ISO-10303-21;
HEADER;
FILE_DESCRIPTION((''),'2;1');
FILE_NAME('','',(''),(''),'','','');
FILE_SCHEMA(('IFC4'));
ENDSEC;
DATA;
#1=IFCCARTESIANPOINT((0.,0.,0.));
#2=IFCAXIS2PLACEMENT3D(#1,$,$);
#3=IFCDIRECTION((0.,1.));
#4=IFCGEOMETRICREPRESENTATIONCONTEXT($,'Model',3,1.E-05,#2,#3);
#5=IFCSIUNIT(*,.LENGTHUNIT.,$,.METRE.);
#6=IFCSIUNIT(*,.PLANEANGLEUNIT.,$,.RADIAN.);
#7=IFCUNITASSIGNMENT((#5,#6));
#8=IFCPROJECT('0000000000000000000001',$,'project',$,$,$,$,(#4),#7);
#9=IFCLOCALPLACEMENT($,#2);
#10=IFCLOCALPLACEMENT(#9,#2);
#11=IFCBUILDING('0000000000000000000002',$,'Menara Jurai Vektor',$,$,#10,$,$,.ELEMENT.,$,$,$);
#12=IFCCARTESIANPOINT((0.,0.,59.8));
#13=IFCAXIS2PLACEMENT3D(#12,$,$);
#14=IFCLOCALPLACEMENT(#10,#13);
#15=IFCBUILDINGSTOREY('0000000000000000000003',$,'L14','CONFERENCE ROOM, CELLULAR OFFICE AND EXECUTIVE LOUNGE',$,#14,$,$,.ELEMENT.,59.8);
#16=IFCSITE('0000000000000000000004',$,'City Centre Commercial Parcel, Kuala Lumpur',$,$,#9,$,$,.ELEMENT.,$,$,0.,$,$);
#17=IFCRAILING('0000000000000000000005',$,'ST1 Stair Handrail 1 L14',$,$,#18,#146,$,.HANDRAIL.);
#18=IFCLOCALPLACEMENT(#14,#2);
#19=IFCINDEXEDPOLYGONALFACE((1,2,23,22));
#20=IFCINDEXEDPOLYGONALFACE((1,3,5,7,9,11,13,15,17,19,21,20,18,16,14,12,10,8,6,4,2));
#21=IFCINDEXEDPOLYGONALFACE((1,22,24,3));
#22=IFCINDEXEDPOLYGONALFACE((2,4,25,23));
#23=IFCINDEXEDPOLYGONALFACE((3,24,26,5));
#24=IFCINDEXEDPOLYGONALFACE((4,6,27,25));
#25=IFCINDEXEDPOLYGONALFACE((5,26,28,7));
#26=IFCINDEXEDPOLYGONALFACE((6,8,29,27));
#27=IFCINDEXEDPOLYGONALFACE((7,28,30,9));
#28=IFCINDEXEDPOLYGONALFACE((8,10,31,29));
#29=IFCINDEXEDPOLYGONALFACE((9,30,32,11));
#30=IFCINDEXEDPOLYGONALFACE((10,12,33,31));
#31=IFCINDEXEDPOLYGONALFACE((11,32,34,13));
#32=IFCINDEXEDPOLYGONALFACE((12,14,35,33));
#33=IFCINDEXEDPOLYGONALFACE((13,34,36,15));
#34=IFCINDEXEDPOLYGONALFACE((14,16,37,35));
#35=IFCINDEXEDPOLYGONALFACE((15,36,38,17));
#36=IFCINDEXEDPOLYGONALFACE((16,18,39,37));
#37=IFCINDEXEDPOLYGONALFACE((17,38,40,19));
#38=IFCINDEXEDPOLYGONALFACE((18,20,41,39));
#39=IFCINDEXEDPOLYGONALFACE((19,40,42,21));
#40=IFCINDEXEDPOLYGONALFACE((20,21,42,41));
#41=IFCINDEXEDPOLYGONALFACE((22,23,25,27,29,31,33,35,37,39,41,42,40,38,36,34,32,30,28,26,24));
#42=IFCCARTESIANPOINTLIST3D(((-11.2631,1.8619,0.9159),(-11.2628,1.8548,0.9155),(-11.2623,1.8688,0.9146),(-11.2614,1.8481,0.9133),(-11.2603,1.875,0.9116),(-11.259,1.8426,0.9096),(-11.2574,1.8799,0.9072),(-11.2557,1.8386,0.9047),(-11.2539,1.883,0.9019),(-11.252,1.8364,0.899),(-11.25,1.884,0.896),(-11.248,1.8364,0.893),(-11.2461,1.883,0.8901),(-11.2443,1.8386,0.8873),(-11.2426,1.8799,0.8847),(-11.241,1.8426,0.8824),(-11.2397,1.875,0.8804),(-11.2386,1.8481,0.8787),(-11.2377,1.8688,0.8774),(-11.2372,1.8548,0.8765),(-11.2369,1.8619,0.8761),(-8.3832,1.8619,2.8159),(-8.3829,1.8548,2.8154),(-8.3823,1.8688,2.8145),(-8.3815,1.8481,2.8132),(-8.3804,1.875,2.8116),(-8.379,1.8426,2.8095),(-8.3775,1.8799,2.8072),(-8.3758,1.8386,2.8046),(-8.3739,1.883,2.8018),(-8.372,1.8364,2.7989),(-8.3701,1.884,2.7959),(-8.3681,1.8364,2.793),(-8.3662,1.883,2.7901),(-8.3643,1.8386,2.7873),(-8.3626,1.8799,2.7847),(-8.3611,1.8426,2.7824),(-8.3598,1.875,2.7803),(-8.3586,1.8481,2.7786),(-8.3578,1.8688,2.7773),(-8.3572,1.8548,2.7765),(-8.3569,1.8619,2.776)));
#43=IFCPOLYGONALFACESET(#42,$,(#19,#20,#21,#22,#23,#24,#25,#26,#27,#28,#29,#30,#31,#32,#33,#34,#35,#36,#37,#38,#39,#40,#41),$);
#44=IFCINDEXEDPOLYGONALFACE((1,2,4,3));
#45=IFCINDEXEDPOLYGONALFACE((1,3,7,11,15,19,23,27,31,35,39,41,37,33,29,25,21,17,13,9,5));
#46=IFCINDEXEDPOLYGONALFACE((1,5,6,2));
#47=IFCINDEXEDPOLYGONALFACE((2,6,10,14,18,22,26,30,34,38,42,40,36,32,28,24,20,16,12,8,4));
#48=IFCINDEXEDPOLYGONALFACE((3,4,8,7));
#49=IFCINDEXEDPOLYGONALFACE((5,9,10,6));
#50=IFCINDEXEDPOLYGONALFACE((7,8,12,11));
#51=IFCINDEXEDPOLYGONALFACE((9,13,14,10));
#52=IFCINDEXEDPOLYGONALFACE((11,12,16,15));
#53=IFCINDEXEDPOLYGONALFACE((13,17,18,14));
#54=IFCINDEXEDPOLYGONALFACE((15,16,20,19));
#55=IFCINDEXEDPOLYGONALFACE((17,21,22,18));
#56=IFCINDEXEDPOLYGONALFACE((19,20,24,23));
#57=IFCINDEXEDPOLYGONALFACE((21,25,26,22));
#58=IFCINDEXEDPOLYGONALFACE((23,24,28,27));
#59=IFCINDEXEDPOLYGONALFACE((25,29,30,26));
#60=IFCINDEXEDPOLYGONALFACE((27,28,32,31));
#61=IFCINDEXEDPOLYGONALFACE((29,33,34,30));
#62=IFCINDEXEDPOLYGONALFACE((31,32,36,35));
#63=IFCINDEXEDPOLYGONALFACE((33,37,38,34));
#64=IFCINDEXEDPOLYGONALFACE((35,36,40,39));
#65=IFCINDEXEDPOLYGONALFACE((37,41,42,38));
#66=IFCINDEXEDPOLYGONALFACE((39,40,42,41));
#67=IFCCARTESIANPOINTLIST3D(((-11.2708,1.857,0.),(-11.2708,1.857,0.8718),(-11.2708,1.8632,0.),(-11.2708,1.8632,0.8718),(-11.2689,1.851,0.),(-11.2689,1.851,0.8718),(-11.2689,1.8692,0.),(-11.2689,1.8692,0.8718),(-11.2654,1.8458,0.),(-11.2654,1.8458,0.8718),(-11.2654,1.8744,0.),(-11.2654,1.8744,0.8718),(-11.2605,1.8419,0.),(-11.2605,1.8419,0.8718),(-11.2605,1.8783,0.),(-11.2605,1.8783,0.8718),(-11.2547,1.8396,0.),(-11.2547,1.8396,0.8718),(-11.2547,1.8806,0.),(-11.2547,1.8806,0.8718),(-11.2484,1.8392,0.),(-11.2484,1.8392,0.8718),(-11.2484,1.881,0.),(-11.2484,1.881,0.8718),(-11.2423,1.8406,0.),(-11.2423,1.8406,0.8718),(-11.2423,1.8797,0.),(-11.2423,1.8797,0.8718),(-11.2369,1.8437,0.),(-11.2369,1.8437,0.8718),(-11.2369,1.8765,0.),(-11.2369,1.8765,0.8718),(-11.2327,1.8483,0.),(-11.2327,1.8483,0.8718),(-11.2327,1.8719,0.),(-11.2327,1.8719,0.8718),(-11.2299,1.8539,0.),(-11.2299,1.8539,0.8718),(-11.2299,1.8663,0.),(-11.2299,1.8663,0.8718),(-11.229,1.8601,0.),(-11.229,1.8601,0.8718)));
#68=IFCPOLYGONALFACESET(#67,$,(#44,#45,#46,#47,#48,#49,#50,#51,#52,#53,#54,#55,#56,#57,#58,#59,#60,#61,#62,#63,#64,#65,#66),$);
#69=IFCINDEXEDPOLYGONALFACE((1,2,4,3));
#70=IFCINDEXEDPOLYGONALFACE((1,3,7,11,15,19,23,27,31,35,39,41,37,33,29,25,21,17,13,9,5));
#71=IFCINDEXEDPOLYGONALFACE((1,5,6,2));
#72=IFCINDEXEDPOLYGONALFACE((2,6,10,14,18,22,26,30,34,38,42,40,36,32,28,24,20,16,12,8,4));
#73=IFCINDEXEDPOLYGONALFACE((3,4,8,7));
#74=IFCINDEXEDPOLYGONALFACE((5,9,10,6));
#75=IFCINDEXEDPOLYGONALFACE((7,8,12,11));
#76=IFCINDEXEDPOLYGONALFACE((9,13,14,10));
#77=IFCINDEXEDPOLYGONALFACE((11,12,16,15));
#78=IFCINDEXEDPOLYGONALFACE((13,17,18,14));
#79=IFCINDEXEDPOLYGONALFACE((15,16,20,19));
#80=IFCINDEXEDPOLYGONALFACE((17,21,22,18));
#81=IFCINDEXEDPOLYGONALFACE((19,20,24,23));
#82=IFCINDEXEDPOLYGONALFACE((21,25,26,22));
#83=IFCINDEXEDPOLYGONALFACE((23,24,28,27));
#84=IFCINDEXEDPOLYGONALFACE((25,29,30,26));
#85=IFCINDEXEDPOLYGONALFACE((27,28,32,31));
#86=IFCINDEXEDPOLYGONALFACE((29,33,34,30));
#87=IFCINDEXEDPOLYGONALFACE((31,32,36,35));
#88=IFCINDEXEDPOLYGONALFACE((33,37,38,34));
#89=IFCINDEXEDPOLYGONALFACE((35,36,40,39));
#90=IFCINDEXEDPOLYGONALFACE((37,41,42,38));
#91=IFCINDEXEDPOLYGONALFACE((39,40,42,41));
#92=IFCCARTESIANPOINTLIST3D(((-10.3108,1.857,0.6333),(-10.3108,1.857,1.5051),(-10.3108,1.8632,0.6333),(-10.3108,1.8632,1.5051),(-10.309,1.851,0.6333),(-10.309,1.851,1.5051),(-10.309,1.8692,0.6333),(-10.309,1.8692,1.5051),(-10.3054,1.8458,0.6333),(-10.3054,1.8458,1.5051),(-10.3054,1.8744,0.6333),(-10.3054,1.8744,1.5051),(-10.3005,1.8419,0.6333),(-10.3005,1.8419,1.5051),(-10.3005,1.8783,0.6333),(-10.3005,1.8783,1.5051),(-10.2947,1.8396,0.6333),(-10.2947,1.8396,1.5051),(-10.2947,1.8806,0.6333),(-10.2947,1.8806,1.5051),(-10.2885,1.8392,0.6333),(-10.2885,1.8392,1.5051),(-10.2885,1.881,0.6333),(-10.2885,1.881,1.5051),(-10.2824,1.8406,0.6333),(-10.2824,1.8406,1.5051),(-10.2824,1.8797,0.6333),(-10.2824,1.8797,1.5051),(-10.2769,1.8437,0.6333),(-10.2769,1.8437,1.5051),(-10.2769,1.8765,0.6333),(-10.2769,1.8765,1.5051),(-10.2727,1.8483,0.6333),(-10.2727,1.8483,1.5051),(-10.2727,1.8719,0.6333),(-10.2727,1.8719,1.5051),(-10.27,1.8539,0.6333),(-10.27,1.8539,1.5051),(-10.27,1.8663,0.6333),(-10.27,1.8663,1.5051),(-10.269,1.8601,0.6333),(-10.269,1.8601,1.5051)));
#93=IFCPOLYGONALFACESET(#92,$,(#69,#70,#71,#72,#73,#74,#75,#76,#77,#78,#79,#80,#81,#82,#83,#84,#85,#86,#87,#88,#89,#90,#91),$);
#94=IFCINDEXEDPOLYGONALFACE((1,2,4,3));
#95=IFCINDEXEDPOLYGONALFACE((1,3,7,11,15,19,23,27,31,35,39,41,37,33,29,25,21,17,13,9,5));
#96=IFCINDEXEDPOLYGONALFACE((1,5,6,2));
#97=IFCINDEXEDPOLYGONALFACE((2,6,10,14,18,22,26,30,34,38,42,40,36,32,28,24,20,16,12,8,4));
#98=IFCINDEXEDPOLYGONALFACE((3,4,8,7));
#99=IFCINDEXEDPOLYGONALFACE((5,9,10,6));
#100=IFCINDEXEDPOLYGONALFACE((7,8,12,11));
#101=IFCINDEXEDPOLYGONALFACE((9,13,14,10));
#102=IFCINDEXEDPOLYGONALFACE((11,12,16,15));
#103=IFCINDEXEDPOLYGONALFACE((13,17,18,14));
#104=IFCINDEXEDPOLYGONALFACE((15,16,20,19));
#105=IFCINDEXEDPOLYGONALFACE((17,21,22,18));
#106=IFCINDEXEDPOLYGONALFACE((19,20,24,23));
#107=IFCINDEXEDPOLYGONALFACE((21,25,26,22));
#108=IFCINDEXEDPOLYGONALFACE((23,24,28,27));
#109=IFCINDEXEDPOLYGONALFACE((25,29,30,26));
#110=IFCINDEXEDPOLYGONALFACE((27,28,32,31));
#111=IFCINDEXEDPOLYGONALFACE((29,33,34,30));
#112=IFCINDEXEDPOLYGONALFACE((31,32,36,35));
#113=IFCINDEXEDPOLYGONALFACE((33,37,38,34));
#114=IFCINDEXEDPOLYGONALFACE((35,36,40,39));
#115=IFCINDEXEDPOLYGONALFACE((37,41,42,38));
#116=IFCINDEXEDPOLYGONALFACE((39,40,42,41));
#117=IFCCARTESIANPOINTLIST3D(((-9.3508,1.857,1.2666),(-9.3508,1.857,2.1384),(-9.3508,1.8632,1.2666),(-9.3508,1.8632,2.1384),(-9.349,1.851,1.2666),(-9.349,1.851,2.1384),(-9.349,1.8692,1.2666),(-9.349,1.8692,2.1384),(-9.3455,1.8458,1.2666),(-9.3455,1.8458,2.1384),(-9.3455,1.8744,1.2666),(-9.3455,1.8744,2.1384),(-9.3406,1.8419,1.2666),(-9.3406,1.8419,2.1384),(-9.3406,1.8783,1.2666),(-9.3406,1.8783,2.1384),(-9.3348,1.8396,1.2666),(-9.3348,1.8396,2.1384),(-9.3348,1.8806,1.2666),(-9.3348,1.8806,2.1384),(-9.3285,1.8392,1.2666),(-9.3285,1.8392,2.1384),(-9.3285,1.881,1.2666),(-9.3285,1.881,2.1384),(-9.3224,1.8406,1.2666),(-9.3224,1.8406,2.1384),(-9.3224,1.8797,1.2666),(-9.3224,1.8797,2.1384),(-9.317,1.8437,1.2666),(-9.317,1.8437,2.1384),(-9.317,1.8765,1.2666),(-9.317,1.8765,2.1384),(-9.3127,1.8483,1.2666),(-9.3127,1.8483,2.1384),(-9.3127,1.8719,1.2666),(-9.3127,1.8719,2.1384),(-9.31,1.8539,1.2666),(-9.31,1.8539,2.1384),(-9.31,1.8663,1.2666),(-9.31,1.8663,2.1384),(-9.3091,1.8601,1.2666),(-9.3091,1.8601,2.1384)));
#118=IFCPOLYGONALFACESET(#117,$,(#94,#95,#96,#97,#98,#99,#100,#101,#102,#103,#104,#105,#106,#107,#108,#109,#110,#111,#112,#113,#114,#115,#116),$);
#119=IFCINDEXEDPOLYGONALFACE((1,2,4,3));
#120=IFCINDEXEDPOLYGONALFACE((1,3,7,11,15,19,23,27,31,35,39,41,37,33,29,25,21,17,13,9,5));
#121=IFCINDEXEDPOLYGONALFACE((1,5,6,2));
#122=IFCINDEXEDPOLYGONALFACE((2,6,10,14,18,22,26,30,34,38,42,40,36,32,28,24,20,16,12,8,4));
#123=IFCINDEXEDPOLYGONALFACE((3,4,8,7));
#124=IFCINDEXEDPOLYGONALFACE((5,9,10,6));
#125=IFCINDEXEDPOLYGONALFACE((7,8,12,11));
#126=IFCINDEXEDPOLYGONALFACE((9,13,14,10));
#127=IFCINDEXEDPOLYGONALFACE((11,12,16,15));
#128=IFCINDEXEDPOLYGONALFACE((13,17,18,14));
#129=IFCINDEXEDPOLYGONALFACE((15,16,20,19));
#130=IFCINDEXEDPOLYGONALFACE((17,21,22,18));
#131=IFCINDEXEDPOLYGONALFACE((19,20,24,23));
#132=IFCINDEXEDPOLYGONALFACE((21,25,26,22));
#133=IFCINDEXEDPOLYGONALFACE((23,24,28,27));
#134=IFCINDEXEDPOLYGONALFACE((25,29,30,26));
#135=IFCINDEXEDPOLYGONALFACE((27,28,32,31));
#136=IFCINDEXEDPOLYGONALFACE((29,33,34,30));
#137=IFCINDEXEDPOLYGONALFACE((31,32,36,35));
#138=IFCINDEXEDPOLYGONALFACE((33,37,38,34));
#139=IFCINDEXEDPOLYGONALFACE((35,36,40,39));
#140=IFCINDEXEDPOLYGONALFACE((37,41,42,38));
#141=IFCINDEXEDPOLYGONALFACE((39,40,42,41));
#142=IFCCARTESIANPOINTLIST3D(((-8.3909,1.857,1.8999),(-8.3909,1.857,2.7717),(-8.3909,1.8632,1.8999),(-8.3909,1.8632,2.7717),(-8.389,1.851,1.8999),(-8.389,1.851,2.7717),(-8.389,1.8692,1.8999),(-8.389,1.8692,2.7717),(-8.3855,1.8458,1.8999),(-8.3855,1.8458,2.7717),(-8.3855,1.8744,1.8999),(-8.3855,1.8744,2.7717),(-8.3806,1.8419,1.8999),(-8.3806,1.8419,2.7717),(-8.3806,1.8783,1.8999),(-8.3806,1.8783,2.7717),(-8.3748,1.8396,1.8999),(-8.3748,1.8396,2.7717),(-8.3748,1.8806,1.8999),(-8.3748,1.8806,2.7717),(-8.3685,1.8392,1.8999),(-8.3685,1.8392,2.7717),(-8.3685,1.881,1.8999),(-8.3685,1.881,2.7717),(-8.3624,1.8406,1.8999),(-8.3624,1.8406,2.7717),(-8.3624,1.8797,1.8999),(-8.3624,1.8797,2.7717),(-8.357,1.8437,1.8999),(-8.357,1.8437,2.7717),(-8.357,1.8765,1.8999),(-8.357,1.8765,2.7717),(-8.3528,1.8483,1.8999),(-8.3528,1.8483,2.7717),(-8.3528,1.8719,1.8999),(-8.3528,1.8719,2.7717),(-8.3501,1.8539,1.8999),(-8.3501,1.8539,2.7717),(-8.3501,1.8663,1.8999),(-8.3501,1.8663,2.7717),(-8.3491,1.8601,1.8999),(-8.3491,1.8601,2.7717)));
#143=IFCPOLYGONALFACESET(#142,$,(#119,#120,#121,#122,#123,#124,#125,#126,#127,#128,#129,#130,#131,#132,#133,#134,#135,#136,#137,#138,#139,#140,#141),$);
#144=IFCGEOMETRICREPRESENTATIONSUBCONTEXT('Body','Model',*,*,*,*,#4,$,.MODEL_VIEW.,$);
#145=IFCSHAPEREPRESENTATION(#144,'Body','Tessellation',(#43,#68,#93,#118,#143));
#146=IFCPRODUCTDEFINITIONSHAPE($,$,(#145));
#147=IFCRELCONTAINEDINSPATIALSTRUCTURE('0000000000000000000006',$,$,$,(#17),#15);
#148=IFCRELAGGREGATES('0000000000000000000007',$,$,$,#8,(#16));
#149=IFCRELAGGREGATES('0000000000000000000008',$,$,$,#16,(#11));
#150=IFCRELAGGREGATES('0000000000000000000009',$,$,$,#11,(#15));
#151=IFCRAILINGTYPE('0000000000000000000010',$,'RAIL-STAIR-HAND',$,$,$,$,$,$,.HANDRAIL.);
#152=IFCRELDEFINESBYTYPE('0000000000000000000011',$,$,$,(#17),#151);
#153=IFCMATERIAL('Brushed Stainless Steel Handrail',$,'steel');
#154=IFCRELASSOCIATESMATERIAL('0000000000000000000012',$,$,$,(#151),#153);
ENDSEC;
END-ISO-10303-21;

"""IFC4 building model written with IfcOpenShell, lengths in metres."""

from ifc_helpers import new_model, si_unit, direction, frame, origin, origin_2d, place, context, subcontext, project, spatial, circle, extrude, material, type_object, element, save


model = new_model("IFC4")

# Units and contexts
model_context = context("Model", 3, precision=1e-05, world=origin(), true_north=direction((0.0, 1.0)))
body_context = subcontext(model_context, "Body", "Model", "MODEL_VIEW")
ifc_project = project(units=[si_unit("LENGTHUNIT", "METRE"), si_unit("PLANEANGLEUNIT", "RADIAN")], contexts=[model_context])

# Site, building, storey
site_placement = place(None, origin())
site = spatial("IfcSite", under=ifc_project, at=site_placement, Name="City Centre Commercial Parcel, Kuala Lumpur", CompositionType="ELEMENT", RefElevation=0.0)
building_placement = place(site_placement, origin())
building = spatial("IfcBuilding", under=site, at=building_placement, Name="Menara Jurai Vektor", CompositionType="ELEMENT")
storey_placement = place(building_placement, frame((0.0, 0.0, 59.8)))
storey = spatial("IfcBuildingStorey", under=building, at=storey_placement, Name="L14", Description="CONFERENCE ROOM, CELLULAR OFFICE AND EXECUTIVE LOUNGE", CompositionType="ELEMENT", Elevation=59.8)

# Railing
ifc_material_1 = material(Name="Brushed Stainless Steel Handrail", Category="steel")
railing_type_1 = type_object("IfcRailingType", Name="RAIL-STAIR-HAND", PredefinedType="HANDRAIL", material=ifc_material_1)
railing_1_placement = place(storey_placement, frame((-11.25, 1.8601, 0.0)))
element("IfcRailing", 1, at=railing_1_placement, inside=storey, type_object=railing_type_1, Name="ST1 Stair Handrail 1 L14", PredefinedType="HANDRAIL", context=body_context, shape_type="SweptSolid", body=[
    extrude(circle(Radius=0.0239, at=origin_2d()), frame((0.0, 0.0, 0.896), z_axis=(0.834719, 0.0, 0.550677), x_axis=(0.0, 1.0, 0.0)), (0.0, 0.0, 1.0), 3.4502),
    extrude(circle(Radius=0.021, at=origin_2d()), origin(), (0.0, 0.0, 1.0), 0.8718),
    extrude(circle(Radius=0.021, at=origin_2d()), frame((0.96, 0.0, 0.6333)), (0.0, 0.0, 1.0), 0.8718),
    extrude(circle(Radius=0.021, at=origin_2d()), frame((1.9199, 0.0, 1.2666)), (0.0, 0.0, 1.0), 0.8718),
    extrude(circle(Radius=0.021, at=origin_2d()), frame((2.8799, 0.0, 1.8999)), (0.0, 0.0, 1.0), 0.8718),
])

save(model, "model.ifc")
